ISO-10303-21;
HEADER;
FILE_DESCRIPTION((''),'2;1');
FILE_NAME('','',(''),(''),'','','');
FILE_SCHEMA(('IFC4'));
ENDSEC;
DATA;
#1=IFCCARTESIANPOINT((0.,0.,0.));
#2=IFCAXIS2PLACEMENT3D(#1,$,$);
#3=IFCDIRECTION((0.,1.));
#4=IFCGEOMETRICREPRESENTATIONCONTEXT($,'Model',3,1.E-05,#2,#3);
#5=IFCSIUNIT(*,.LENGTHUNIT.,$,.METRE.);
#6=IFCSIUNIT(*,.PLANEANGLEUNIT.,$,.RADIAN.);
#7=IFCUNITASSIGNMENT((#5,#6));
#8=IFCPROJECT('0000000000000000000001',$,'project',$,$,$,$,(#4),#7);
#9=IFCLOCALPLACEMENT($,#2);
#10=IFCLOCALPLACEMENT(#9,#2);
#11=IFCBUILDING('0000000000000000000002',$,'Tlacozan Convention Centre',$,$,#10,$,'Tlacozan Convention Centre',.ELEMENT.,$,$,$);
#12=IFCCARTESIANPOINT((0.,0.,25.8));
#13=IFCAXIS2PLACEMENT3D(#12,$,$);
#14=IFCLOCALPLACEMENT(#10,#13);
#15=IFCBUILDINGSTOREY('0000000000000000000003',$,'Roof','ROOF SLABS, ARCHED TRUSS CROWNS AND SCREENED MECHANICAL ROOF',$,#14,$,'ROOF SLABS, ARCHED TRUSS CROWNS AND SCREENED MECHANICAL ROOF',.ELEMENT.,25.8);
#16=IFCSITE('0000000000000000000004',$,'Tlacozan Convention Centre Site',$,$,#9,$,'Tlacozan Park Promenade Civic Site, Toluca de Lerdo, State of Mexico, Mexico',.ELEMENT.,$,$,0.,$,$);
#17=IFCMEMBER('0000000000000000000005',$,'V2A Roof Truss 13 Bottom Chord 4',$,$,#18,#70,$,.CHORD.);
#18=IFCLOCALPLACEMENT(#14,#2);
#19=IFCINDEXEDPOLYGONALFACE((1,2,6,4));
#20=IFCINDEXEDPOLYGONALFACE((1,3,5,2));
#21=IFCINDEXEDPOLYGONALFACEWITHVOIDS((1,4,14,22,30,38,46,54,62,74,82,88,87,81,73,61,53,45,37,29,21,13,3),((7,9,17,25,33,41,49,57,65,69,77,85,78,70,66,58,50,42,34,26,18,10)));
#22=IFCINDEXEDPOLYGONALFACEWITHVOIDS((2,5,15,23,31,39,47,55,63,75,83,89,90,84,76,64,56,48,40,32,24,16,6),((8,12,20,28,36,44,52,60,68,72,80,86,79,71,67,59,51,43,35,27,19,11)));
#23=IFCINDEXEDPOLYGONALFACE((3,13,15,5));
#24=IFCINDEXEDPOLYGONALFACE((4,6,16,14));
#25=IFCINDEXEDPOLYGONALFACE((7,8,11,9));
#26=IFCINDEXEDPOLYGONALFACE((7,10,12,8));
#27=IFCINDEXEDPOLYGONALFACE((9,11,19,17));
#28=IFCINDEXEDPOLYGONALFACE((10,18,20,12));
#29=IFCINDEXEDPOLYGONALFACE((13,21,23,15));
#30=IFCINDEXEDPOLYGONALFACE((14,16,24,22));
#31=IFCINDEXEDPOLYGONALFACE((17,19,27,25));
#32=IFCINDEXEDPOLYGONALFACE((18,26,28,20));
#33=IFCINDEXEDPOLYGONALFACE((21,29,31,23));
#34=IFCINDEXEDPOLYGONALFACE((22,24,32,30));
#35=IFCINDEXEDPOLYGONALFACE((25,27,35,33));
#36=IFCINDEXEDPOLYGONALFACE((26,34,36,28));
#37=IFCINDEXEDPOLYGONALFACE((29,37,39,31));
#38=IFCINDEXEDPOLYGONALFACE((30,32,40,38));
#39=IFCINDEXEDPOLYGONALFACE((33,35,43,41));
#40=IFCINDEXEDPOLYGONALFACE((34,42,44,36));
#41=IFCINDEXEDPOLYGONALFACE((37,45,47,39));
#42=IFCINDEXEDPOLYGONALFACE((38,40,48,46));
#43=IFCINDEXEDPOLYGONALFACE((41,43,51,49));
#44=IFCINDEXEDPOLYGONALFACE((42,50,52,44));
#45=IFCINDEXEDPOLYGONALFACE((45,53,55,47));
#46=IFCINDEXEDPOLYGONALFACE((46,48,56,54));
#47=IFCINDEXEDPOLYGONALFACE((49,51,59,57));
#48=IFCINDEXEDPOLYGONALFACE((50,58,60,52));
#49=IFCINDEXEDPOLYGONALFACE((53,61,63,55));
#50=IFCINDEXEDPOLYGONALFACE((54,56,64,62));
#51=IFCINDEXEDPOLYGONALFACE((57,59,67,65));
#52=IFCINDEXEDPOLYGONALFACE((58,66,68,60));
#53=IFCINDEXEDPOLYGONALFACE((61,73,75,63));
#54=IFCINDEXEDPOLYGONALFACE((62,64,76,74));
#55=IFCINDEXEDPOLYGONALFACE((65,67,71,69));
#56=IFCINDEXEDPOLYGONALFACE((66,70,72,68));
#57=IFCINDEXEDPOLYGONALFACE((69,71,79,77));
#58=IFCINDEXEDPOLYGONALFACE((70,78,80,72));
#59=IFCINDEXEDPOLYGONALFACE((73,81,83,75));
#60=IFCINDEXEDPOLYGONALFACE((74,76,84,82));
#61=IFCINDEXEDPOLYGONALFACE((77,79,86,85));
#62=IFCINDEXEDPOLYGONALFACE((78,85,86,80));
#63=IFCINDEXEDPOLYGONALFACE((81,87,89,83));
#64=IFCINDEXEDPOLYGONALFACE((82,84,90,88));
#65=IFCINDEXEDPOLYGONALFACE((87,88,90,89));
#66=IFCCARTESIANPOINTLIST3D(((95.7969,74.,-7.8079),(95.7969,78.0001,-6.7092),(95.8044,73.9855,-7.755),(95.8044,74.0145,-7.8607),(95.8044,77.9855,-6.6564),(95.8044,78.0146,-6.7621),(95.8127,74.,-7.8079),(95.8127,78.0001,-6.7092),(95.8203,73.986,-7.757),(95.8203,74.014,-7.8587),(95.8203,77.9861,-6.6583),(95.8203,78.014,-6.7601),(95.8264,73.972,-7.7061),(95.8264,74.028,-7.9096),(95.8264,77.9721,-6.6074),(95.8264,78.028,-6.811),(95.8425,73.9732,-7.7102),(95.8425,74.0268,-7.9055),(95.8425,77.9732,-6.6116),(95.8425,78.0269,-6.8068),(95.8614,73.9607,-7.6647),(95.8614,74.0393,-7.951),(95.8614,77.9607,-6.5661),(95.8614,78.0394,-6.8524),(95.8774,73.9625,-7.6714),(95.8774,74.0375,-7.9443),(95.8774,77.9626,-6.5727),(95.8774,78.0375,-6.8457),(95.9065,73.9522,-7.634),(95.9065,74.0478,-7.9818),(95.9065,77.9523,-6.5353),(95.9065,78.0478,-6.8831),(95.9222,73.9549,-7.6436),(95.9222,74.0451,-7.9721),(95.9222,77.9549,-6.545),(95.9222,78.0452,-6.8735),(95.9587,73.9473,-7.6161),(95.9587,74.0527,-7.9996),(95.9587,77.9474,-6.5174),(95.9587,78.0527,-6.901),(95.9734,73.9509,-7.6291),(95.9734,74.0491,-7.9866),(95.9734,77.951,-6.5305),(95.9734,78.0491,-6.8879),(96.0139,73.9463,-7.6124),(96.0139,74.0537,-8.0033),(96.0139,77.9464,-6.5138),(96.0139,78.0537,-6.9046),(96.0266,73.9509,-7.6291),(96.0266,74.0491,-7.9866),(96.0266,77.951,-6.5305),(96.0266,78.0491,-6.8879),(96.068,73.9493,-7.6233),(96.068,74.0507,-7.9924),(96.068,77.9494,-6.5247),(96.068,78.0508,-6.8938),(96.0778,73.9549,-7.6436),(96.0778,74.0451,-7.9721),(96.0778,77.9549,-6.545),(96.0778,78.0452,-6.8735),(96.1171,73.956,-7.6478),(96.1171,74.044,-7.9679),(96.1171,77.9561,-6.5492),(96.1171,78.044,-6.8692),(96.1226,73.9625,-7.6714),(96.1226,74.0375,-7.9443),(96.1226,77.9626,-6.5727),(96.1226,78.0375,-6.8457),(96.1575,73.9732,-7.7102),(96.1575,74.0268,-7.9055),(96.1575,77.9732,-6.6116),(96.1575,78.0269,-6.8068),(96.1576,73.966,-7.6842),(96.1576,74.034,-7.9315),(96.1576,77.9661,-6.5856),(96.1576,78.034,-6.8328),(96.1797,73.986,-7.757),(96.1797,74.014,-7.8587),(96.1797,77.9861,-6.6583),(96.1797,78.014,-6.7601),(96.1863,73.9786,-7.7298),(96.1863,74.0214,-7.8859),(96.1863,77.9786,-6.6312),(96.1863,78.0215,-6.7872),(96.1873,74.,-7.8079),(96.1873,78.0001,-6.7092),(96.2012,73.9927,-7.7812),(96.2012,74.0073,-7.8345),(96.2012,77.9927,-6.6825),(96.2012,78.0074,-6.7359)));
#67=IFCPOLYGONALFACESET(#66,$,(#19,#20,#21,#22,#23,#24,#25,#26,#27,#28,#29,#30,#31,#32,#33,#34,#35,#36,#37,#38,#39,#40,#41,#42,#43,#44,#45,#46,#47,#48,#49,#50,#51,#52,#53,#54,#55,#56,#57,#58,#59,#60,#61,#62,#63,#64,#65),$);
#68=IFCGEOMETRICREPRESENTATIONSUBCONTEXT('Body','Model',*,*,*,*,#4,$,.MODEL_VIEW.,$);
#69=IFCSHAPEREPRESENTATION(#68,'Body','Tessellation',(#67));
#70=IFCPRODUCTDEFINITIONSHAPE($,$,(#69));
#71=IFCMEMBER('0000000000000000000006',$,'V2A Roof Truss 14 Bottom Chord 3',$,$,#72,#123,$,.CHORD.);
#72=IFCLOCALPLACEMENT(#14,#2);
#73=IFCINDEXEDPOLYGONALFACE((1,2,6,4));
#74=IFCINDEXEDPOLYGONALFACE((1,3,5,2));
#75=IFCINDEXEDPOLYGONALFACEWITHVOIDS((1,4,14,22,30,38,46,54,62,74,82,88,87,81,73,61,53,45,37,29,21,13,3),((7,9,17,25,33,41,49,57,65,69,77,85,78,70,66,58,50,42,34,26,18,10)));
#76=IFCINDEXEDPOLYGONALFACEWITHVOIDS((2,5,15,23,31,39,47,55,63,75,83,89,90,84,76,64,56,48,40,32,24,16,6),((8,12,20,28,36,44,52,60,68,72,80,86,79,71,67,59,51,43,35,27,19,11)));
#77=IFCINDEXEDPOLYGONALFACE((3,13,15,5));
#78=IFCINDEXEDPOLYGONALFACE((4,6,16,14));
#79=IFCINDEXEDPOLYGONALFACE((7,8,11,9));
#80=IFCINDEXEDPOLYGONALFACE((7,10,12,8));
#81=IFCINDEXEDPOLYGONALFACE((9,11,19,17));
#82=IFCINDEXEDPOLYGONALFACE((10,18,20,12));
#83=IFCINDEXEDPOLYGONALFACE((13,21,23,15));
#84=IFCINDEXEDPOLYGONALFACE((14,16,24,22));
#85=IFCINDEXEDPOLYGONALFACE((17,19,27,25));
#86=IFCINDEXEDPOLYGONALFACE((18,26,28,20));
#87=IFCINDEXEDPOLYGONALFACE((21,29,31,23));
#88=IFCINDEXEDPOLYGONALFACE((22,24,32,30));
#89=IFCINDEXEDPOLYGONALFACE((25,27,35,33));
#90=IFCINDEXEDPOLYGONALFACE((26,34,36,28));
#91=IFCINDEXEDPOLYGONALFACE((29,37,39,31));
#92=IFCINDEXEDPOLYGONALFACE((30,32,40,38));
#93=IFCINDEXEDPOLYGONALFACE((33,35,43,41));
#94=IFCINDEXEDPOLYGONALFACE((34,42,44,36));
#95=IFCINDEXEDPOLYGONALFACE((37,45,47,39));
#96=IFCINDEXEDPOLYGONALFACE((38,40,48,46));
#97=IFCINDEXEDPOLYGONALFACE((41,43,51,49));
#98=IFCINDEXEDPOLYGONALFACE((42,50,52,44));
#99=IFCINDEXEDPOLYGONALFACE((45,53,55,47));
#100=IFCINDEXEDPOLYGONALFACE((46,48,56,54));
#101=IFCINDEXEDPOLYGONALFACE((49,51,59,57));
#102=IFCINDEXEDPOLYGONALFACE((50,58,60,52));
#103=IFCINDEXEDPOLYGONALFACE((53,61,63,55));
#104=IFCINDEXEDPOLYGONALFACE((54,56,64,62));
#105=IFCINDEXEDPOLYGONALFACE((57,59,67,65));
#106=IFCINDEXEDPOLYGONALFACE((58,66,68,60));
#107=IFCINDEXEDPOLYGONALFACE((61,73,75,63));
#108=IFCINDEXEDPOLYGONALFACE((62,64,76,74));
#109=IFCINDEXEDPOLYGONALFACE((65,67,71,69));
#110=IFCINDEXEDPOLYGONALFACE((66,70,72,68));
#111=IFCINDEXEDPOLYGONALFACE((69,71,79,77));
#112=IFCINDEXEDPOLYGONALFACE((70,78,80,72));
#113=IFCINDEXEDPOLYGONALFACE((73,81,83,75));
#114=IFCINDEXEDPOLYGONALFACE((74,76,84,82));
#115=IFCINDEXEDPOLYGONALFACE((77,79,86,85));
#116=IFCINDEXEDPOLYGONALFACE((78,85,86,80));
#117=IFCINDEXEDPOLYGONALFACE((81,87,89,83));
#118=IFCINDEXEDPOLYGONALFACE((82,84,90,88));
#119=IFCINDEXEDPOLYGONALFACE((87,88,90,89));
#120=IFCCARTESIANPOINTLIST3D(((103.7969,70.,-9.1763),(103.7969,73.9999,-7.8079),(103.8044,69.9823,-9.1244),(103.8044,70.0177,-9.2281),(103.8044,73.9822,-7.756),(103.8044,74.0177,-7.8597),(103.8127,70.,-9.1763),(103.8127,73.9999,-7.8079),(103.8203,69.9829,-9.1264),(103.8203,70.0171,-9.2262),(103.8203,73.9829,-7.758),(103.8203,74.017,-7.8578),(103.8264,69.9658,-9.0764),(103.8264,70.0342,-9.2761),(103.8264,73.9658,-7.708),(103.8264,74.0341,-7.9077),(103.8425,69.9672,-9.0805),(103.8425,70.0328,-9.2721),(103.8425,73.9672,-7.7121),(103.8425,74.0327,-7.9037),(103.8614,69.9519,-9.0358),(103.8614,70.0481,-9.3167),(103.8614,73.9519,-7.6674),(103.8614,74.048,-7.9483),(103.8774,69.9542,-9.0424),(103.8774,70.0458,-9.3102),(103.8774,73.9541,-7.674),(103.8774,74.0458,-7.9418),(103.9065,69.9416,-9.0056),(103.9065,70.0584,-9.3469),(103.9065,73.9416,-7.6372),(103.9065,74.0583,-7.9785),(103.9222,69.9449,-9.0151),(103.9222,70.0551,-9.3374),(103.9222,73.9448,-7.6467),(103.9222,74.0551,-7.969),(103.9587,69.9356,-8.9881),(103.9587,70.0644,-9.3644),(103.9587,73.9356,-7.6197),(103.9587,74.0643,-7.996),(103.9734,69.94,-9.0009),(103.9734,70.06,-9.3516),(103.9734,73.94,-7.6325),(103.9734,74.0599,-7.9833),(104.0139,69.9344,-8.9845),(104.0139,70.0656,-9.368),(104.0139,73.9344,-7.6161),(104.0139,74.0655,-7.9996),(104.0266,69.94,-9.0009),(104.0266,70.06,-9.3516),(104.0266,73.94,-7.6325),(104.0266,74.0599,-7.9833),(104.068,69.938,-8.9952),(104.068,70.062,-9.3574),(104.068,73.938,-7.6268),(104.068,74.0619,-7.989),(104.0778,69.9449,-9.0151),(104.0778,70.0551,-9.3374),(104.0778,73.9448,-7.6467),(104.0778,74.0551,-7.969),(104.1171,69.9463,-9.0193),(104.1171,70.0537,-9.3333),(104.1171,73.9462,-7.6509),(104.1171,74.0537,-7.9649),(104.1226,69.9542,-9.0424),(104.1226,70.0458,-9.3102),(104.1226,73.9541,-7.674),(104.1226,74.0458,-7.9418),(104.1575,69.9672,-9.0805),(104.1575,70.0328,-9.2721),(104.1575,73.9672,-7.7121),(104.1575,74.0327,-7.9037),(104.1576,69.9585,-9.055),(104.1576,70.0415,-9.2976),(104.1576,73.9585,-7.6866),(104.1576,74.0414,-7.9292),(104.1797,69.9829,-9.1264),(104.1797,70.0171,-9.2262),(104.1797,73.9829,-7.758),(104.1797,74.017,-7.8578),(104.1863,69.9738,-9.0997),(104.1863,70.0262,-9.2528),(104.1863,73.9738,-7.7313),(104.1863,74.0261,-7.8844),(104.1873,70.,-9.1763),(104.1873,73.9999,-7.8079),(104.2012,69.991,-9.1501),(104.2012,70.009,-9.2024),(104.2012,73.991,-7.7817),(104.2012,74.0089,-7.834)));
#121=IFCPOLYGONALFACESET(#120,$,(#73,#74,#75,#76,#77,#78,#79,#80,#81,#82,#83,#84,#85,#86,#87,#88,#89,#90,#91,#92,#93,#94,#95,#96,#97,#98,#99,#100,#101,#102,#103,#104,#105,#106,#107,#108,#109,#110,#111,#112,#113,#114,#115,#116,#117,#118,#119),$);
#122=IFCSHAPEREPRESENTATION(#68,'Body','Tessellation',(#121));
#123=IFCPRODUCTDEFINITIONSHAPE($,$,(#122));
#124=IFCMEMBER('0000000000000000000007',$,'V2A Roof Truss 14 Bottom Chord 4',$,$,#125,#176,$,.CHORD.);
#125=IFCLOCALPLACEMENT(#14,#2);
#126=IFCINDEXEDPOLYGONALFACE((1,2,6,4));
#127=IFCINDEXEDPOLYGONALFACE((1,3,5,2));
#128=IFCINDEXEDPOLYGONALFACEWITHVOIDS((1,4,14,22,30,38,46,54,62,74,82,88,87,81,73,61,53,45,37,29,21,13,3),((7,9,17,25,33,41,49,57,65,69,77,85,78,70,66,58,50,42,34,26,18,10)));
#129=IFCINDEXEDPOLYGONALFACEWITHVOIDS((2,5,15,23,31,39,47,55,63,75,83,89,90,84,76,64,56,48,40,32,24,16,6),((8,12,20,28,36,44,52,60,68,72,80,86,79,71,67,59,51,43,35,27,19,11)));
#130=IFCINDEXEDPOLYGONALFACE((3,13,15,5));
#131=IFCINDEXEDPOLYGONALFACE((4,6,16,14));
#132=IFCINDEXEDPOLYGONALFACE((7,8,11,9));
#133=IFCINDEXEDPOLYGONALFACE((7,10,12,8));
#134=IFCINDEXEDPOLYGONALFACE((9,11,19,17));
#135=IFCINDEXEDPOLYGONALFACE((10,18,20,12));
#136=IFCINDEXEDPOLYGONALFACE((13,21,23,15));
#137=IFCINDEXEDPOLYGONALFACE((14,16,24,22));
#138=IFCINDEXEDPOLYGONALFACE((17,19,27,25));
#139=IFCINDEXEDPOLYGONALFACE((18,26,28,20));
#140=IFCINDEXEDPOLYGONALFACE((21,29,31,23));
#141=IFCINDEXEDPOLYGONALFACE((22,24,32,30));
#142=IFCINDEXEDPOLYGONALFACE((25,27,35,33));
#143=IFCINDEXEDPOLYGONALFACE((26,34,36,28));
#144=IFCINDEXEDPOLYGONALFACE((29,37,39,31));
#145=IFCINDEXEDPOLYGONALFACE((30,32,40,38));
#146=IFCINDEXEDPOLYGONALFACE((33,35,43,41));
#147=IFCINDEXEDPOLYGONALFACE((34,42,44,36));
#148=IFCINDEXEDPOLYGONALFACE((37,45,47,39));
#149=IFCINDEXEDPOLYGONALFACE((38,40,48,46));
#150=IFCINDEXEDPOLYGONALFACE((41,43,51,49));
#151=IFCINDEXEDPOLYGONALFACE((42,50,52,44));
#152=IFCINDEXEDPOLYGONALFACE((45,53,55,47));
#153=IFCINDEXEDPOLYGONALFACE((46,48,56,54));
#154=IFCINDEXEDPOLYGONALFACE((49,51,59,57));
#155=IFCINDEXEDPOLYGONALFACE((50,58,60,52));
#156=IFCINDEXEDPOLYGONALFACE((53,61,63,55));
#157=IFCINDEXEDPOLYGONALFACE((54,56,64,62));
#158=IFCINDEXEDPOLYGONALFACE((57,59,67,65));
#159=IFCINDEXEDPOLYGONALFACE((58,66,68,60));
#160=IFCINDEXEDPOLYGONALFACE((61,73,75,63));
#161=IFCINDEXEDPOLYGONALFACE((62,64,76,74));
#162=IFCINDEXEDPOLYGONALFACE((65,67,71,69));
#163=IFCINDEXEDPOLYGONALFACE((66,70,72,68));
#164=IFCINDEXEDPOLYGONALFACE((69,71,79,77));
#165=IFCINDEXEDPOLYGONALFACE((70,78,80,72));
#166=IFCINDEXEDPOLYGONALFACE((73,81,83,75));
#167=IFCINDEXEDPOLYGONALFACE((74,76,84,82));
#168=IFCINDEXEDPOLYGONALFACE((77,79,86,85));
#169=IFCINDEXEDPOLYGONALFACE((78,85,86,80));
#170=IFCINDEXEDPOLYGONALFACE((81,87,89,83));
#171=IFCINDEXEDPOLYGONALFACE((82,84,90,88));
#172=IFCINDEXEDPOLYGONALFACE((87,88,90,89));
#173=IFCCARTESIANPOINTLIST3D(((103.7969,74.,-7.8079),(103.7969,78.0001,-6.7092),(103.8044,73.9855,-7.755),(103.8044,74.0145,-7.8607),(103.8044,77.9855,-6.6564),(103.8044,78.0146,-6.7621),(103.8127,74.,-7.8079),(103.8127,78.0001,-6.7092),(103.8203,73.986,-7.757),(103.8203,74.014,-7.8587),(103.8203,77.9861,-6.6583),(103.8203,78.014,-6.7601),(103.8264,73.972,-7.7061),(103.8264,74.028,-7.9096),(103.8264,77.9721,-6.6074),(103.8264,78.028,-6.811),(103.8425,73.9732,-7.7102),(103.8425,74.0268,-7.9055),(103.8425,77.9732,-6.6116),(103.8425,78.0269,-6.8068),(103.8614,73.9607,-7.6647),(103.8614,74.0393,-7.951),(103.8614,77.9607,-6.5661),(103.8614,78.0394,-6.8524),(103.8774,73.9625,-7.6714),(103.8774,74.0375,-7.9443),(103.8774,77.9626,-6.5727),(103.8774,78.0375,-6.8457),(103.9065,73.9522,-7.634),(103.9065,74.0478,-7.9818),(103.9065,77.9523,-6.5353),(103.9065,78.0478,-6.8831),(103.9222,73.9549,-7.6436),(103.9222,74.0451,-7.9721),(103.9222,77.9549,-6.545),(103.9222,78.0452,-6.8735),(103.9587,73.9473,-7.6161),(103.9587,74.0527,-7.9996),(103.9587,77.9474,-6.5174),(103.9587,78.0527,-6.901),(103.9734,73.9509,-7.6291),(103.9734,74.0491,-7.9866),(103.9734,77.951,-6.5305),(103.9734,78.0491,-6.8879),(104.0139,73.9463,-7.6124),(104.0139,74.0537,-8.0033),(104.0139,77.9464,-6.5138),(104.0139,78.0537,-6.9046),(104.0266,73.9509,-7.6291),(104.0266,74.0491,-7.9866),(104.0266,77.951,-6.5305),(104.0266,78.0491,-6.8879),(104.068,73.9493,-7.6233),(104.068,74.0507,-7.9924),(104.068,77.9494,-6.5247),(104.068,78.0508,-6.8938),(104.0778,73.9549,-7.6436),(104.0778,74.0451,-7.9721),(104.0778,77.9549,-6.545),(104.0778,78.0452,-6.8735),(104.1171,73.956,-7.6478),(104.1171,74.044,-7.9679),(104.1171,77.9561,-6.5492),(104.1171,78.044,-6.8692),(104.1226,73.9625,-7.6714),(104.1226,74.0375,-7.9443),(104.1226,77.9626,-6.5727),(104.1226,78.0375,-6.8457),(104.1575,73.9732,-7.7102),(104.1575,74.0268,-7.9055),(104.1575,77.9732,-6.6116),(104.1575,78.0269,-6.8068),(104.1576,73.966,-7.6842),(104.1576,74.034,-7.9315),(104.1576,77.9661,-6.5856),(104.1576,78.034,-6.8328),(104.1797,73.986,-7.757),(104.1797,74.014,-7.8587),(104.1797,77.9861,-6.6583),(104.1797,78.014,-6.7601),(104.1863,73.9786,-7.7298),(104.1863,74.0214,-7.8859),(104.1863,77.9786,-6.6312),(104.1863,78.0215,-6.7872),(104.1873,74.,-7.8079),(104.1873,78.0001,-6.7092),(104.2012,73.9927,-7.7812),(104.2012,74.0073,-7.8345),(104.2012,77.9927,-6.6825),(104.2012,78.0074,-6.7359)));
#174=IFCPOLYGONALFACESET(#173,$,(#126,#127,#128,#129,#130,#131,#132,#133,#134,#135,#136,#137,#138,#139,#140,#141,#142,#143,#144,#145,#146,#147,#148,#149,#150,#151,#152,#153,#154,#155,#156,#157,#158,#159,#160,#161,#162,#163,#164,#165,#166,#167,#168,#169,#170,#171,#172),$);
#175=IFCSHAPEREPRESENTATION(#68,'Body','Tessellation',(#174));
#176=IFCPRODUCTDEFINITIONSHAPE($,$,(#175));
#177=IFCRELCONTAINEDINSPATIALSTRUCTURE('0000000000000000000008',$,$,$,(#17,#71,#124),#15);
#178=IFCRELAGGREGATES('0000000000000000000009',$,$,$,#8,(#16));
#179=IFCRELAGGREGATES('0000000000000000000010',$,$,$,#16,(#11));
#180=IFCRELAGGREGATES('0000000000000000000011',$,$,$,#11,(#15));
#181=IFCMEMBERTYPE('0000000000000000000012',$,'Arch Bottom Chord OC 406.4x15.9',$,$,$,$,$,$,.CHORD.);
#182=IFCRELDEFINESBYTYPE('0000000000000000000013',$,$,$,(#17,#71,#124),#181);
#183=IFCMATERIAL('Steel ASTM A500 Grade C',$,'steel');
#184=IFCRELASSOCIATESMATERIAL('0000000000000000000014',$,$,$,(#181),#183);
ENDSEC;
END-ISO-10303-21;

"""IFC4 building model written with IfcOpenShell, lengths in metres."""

from ifc_helpers import new_model, si_unit, direction, frame, origin, origin_2d, place, context, subcontext, project, spatial, hollow_circle, extrude, material, material_profile, profile_set, type_object, element, save


model = new_model("IFC4")

# Units and contexts
model_context = context("Model", 3, precision=1e-05, world=origin(), true_north=direction((0.0, 1.0)))
body_context = subcontext(model_context, "Body", "Model", "MODEL_VIEW")
ifc_project = project(units=[si_unit("LENGTHUNIT", "METRE"), si_unit("PLANEANGLEUNIT", "RADIAN")], contexts=[model_context])

# Site, building, storey
site_placement = place(None, origin())
site = spatial("IfcSite", under=ifc_project, at=site_placement, Name="Tlacozan Convention Centre Site", LongName="Tlacozan Park Promenade Civic Site, Toluca de Lerdo, State of Mexico, Mexico", CompositionType="ELEMENT", RefElevation=0.0)
building_placement = place(site_placement, origin())
building = spatial("IfcBuilding", under=site, at=building_placement, Name="Tlacozan Convention Centre", LongName="Tlacozan Convention Centre", CompositionType="ELEMENT")
storey_placement = place(building_placement, frame((0.0, 0.0, 25.8)))
storey = spatial("IfcBuildingStorey", under=building, at=storey_placement, Name="Roof", Description="ROOF SLABS, ARCHED TRUSS CROWNS AND SCREENED MECHANICAL ROOF", LongName="ROOF SLABS, ARCHED TRUSS CROWNS AND SCREENED MECHANICAL ROOF", CompositionType="ELEMENT", Elevation=25.8)

# Members
ifc_material_1 = material(Name="Steel ASTM A500 Grade C", Category="steel")
ifc_material_profile_1 = material_profile(ifc_material_1, hollow_circle(Radius=0.2031, WallThickness=0.0159, at=origin_2d()), Name="OC 406.4x15.9")
ifc_profile_set_1 = profile_set([ifc_material_profile_1], Name="Steel ASTM A500 Grade C")
member_type_1 = type_object("IfcMemberType", Name="Arch Bottom Chord OC 406.4x15.9", PredefinedType="CHORD", material=ifc_profile_set_1)
member_1_placement = place(storey_placement, frame((96.0, 74.0, -7.8079), z_axis=(0.0, 0.96429, 0.26485), x_axis=(-1.0, 0.0, 0.0)))
element("IfcMember", 1, at=member_1_placement, inside=storey, type_object=member_type_1, Name="V2A Roof Truss 13 Bottom Chord 4", PredefinedType="CHORD", context=body_context, shape_type="SweptSolid", body=[
    extrude(hollow_circle(Radius=0.2031, WallThickness=0.0159, at=origin_2d()), origin(), (0.0, 0.0, 1.0), 4.1482),
])
member_2_placement = place(storey_placement, frame((104.0, 70.0, -9.1763), z_axis=(0.0, 0.946165, 0.323685), x_axis=(-1.0, 0.0, 0.0)))
element("IfcMember", 2, at=member_2_placement, inside=storey, type_object=member_type_1, Name="V2A Roof Truss 14 Bottom Chord 3", PredefinedType="CHORD", context=body_context, shape_type="SweptSolid", body=[
    extrude(hollow_circle(Radius=0.2031, WallThickness=0.0159, at=origin_2d()), origin(), (0.0, 0.0, 1.0), 4.2275),
])
member_3_placement = place(storey_placement, frame((104.0, 74.0, -7.8079), z_axis=(0.0, 0.96429, 0.26485), x_axis=(-1.0, 0.0, 0.0)))
element("IfcMember", 3, at=member_3_placement, inside=storey, type_object=member_type_1, Name="V2A Roof Truss 14 Bottom Chord 4", PredefinedType="CHORD", context=body_context, shape_type="SweptSolid", body=[
    extrude(hollow_circle(Radius=0.2031, WallThickness=0.0159, at=origin_2d()), origin(), (0.0, 0.0, 1.0), 4.1482),
])

save(model, "model.ifc")
